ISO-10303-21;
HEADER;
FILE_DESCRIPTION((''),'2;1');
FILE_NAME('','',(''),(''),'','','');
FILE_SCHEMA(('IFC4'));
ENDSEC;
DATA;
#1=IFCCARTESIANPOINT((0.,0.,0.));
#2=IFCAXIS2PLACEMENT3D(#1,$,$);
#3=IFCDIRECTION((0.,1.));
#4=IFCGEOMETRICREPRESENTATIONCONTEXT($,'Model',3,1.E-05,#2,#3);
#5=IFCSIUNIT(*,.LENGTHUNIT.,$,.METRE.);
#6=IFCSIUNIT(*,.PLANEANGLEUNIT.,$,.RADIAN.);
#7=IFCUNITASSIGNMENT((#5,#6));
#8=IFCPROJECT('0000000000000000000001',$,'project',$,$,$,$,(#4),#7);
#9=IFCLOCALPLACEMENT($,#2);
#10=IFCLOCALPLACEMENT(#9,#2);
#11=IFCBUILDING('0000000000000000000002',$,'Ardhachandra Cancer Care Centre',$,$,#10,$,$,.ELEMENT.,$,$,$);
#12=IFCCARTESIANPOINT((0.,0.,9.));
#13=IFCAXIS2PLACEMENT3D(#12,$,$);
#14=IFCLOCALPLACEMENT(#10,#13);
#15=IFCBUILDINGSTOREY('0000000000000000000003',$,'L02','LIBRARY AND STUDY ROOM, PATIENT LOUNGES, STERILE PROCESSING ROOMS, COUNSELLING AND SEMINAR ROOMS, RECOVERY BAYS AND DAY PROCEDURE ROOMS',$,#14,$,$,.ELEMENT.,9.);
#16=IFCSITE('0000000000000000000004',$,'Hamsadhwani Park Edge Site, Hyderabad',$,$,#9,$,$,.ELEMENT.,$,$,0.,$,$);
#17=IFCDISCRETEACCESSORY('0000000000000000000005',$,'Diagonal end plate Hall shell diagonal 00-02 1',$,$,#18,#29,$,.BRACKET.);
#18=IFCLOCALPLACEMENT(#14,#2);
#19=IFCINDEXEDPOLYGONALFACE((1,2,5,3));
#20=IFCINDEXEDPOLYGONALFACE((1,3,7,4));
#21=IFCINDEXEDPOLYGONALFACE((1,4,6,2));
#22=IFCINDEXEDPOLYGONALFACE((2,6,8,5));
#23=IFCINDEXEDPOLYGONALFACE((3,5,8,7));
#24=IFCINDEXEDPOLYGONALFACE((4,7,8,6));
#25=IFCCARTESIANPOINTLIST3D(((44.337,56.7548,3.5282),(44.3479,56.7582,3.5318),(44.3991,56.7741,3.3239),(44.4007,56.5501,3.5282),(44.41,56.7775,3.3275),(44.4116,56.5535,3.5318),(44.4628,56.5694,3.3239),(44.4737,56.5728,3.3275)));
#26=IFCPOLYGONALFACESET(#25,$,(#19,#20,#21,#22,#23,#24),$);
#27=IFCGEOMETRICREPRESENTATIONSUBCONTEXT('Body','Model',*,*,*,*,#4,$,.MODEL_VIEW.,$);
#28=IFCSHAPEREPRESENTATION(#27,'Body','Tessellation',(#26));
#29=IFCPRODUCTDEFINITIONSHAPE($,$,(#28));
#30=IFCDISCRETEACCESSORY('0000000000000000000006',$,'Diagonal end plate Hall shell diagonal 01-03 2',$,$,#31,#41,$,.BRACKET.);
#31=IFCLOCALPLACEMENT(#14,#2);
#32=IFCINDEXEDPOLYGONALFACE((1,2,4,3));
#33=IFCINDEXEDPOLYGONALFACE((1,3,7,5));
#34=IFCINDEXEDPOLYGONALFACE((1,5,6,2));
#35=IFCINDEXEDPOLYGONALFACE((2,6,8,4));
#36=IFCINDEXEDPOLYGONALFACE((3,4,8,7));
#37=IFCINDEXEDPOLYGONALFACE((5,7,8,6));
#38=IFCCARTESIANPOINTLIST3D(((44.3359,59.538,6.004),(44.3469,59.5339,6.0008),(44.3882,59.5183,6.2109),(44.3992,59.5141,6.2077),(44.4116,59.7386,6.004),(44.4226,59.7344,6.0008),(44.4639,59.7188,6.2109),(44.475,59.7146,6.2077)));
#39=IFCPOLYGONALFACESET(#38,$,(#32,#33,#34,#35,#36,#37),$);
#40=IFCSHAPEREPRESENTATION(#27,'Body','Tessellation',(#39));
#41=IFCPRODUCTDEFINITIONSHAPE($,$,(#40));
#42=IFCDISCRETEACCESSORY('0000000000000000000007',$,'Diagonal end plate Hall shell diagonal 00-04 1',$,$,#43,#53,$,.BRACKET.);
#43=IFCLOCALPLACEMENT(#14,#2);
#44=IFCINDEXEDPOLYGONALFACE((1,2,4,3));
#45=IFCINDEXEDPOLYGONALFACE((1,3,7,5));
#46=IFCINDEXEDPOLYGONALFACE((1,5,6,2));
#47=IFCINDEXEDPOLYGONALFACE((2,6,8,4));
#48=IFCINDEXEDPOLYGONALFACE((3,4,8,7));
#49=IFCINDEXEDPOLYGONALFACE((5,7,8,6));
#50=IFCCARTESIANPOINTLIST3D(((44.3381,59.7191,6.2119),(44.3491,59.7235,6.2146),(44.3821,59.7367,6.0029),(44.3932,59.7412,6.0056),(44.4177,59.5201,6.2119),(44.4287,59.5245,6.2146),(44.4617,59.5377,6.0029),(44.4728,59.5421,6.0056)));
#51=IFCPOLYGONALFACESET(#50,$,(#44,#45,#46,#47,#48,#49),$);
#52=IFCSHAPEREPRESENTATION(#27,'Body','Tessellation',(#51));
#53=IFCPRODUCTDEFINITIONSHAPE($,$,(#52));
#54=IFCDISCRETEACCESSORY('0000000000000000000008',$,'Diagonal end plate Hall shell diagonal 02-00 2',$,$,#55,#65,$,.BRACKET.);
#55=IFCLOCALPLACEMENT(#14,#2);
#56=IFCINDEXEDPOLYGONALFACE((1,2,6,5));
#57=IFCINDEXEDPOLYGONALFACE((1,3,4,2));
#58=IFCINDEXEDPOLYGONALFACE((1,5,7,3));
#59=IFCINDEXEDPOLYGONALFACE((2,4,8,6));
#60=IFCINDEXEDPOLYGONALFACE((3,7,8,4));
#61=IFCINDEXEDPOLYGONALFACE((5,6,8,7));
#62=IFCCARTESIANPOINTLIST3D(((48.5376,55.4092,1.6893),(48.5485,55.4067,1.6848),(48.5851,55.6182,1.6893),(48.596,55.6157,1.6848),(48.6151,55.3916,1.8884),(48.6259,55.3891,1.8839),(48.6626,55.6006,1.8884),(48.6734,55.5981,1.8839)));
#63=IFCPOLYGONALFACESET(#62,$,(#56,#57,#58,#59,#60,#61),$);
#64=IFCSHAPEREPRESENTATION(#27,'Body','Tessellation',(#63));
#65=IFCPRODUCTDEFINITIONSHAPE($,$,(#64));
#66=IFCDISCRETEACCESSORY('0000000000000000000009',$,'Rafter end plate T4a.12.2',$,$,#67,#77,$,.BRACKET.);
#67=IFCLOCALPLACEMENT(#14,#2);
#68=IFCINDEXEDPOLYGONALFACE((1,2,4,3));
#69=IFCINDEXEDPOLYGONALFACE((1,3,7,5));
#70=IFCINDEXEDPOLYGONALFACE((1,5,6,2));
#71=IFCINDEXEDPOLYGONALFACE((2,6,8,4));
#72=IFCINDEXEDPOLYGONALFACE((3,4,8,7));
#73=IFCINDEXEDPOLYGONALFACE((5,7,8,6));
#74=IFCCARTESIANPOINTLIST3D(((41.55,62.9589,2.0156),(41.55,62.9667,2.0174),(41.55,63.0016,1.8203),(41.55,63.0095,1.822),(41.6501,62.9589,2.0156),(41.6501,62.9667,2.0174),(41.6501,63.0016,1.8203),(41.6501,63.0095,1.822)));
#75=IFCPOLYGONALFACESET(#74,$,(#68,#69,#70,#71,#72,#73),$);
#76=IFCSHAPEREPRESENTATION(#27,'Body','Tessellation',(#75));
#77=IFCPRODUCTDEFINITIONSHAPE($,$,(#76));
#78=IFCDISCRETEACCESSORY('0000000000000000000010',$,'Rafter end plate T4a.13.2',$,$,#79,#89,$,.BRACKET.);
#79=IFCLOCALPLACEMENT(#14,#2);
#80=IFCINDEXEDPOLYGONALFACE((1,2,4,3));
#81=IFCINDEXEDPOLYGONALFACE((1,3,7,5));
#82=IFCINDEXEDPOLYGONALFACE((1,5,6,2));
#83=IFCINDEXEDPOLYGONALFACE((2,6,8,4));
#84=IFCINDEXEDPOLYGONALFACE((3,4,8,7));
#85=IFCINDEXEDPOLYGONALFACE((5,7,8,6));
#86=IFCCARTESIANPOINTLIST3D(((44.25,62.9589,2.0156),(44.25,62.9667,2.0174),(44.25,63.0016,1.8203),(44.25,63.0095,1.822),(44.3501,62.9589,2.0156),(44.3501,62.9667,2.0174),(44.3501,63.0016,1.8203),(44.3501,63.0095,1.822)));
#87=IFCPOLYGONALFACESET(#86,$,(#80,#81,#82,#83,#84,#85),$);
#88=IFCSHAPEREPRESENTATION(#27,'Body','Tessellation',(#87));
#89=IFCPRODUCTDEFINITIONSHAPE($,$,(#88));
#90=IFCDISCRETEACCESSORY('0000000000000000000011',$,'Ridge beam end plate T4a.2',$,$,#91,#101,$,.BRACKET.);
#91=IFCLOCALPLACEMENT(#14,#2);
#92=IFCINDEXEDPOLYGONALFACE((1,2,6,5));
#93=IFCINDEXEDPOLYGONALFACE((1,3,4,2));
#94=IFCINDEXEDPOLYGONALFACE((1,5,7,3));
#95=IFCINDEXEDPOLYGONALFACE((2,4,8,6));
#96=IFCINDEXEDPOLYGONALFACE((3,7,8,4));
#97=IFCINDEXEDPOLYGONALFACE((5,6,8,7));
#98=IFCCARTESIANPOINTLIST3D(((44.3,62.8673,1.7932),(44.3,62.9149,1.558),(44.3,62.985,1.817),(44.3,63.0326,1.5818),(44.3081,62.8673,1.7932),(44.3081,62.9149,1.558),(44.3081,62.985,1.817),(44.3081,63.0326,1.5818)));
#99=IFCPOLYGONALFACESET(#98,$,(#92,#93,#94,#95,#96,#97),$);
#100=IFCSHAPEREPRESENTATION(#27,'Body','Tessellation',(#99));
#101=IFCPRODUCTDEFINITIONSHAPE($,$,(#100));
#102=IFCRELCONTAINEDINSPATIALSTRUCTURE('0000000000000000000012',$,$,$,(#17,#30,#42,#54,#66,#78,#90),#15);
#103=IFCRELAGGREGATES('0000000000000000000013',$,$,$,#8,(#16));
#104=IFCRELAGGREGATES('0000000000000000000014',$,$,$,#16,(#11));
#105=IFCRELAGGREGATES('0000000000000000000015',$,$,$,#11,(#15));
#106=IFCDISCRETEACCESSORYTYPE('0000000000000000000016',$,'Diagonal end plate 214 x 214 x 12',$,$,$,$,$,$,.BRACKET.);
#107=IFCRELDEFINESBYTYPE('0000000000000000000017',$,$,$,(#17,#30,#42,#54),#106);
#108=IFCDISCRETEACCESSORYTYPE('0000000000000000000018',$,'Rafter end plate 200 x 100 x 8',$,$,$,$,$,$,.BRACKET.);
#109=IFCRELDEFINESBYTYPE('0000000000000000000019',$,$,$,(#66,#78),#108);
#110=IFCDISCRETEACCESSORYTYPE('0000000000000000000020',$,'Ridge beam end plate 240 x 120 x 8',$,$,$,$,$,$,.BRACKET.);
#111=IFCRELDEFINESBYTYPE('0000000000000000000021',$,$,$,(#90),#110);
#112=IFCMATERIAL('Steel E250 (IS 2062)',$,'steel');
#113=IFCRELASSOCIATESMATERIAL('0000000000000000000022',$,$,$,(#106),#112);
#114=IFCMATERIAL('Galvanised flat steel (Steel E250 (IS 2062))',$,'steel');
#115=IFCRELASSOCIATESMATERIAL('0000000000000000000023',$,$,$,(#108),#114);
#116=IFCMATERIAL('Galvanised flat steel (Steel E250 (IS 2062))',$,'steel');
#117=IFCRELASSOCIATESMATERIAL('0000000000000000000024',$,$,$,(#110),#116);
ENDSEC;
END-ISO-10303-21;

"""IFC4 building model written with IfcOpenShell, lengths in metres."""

from ifc_helpers import new_model, si_unit, direction, frame, origin, origin_2d, place, context, subcontext, project, spatial, rectangle, extrude, material, material_profile, profile_set, type_object, element, save


model = new_model("IFC4")

# Units and contexts
model_context = context("Model", 3, precision=1e-05, world=origin(), true_north=direction((0.0, 1.0)))
body_context = subcontext(model_context, "Body", "Model", "MODEL_VIEW")
ifc_project = project(units=[si_unit("LENGTHUNIT", "METRE"), si_unit("PLANEANGLEUNIT", "RADIAN")], contexts=[model_context])

# Site, building, storey
site_placement = place(None, origin())
site = spatial("IfcSite", under=ifc_project, at=site_placement, Name="Hamsadhwani Park Edge Site, Hyderabad", CompositionType="ELEMENT", RefElevation=0.0)
building_placement = place(site_placement, origin())
building = spatial("IfcBuilding", under=site, at=building_placement, Name="Ardhachandra Cancer Care Centre", CompositionType="ELEMENT")
storey_placement = place(building_placement, frame((0.0, 0.0, 9.0)))
storey = spatial("IfcBuildingStorey", under=building, at=storey_placement, Name="L02", Description="LIBRARY AND STUDY ROOM, PATIENT LOUNGES, STERILE PROCESSING ROOMS, COUNSELLING AND SEMINAR ROOMS, RECOVERY BAYS AND DAY PROCEDURE ROOMS", CompositionType="ELEMENT", Elevation=9.0)

# Discrete accessories
ifc_material_1 = material(Name="Steel E250 (IS 2062)", Category="steel")
ifc_material_profile_1 = material_profile(ifc_material_1, rectangle(XDim=0.2144, YDim=0.2144, at=origin_2d()), Name="PL 214x214x12")
ifc_profile_set_1 = profile_set([ifc_material_profile_1], Name="Steel E250 (IS 2062)")
discrete_accessory_type_1 = type_object("IfcDiscreteAccessoryType", Name="Diagonal end plate 214 x 214 x 12", PredefinedType="BRACKET", material=ifc_profile_set_1)
discrete_accessory_1_placement = place(storey_placement, frame((44.3999, 56.6621, 3.426), z_axis=(0.90988, 0.283074, 0.303293), x_axis=(-0.297067, 0.954857, 0.0)))
element("IfcDiscreteAccessory", 1, at=discrete_accessory_1_placement, inside=storey, type_object=discrete_accessory_type_1, Name="Diagonal end plate Hall shell diagonal 00-02 1", PredefinedType="BRACKET", context=body_context, shape_type="SweptSolid", body=[
    extrude(rectangle(XDim=0.2144, YDim=0.2144, at=origin_2d()), origin(), (0.0, 0.0, 1.0), 0.012),
])
for number, where, z_axis, x_axis, name in (
    (2, (44.3999, 59.6284, 6.1074), (0.903076, -0.341162, -0.260889), (0.353401, 0.935472, 0.0), "Diagonal end plate Hall shell diagonal 01-03 2"),
    (3, (44.3999, 59.6284, 6.1074), (0.905449, 0.36218, 0.221332), (-0.371391, 0.928477, 0.0), "Diagonal end plate Hall shell diagonal 00-04 1"),
):
    element("IfcDiscreteAccessory", number, at=place(storey_placement, frame(where, z_axis=z_axis, x_axis=x_axis)), inside=storey, type_object=discrete_accessory_type_1, Name=name, PredefinedType="BRACKET", context=body_context, shape_type="SweptSolid", body=[
        extrude(rectangle(XDim=0.2144, YDim=0.2144, at=origin_2d()), origin(), (0.0, 0.0, 1.0), 0.0122),
    ])
discrete_accessory_2_placement = place(storey_placement, frame((48.6001, 55.5049, 1.7888), z_axis=(0.905726, -0.205847, -0.370524), x_axis=(0.221621, 0.975133, 0.0)))
element("IfcDiscreteAccessory", 4, at=discrete_accessory_2_placement, inside=storey, type_object=discrete_accessory_type_1, Name="Diagonal end plate Hall shell diagonal 02-00 2", PredefinedType="BRACKET", context=body_context, shape_type="SweptSolid", body=[
    extrude(rectangle(XDim=0.2144, YDim=0.2144, at=origin_2d()), origin(), (0.0, 0.0, 1.0), 0.012),
])
ifc_material_2 = material(Name="Galvanised flat steel (Steel E250 (IS 2062))", Category="steel")
ifc_material_profile_2 = material_profile(ifc_material_2, rectangle(XDim=0.1001, YDim=0.2, at=origin_2d()), Name="Rafter end plate 200 x 100 x 8")
ifc_profile_set_2 = profile_set([ifc_material_profile_2], Name="Galvanised flat steel (Steel E250 (IS 2062))")
discrete_accessory_type_2 = type_object("IfcDiscreteAccessoryType", Name="Rafter end plate 200 x 100 x 8", PredefinedType="BRACKET", material=ifc_profile_set_2)
for number, where, z_axis, x_axis, name in (
    (5, (41.6001, 62.9802, 1.918), (0.0, 0.9769, 0.213697), (-1.0, 0.0, 0.0), "Rafter end plate T4a.12.2"),
    (6, (44.3, 62.9802, 1.918), (0.0, 0.9769, 0.213697), (-1.0, 0.0, 0.0), "Rafter end plate T4a.13.2"),
):
    element("IfcDiscreteAccessory", number, at=place(storey_placement, frame(where, z_axis=z_axis, x_axis=x_axis)), inside=storey, type_object=discrete_accessory_type_2, Name=name, PredefinedType="BRACKET", context=body_context, shape_type="SweptSolid", body=[
        extrude(rectangle(XDim=0.1001, YDim=0.2, at=origin_2d()), origin(), (0.0, 0.0, 1.0), 0.0081),
    ])
ifc_material_3 = material(Name="Galvanised flat steel (Steel E250 (IS 2062))", Category="steel")
ifc_material_profile_3 = material_profile(ifc_material_3, rectangle(XDim=0.1201, YDim=0.24, at=origin_2d()), Name="Ridge beam end plate 240 x 120 x 8")
ifc_profile_set_3 = profile_set([ifc_material_profile_3], Name="Galvanised flat steel (Steel E250 (IS 2062))")
discrete_accessory_type_3 = type_object("IfcDiscreteAccessoryType", Name="Ridge beam end plate 240 x 120 x 8", PredefinedType="BRACKET", material=ifc_profile_set_3)
discrete_accessory_3_placement = place(storey_placement, frame((44.3, 62.95, 1.6875), z_axis=(1.0, 0.0, 0.0), x_axis=(0.0, 0.980107, 0.198472)))
element("IfcDiscreteAccessory", 7, at=discrete_accessory_3_placement, inside=storey, type_object=discrete_accessory_type_3, Name="Ridge beam end plate T4a.2", PredefinedType="BRACKET", context=body_context, shape_type="SweptSolid", body=[
    extrude(rectangle(XDim=0.1201, YDim=0.24, at=origin_2d()), origin(), (0.0, 0.0, 1.0), 0.0081),
])

save(model, "model.ifc")
